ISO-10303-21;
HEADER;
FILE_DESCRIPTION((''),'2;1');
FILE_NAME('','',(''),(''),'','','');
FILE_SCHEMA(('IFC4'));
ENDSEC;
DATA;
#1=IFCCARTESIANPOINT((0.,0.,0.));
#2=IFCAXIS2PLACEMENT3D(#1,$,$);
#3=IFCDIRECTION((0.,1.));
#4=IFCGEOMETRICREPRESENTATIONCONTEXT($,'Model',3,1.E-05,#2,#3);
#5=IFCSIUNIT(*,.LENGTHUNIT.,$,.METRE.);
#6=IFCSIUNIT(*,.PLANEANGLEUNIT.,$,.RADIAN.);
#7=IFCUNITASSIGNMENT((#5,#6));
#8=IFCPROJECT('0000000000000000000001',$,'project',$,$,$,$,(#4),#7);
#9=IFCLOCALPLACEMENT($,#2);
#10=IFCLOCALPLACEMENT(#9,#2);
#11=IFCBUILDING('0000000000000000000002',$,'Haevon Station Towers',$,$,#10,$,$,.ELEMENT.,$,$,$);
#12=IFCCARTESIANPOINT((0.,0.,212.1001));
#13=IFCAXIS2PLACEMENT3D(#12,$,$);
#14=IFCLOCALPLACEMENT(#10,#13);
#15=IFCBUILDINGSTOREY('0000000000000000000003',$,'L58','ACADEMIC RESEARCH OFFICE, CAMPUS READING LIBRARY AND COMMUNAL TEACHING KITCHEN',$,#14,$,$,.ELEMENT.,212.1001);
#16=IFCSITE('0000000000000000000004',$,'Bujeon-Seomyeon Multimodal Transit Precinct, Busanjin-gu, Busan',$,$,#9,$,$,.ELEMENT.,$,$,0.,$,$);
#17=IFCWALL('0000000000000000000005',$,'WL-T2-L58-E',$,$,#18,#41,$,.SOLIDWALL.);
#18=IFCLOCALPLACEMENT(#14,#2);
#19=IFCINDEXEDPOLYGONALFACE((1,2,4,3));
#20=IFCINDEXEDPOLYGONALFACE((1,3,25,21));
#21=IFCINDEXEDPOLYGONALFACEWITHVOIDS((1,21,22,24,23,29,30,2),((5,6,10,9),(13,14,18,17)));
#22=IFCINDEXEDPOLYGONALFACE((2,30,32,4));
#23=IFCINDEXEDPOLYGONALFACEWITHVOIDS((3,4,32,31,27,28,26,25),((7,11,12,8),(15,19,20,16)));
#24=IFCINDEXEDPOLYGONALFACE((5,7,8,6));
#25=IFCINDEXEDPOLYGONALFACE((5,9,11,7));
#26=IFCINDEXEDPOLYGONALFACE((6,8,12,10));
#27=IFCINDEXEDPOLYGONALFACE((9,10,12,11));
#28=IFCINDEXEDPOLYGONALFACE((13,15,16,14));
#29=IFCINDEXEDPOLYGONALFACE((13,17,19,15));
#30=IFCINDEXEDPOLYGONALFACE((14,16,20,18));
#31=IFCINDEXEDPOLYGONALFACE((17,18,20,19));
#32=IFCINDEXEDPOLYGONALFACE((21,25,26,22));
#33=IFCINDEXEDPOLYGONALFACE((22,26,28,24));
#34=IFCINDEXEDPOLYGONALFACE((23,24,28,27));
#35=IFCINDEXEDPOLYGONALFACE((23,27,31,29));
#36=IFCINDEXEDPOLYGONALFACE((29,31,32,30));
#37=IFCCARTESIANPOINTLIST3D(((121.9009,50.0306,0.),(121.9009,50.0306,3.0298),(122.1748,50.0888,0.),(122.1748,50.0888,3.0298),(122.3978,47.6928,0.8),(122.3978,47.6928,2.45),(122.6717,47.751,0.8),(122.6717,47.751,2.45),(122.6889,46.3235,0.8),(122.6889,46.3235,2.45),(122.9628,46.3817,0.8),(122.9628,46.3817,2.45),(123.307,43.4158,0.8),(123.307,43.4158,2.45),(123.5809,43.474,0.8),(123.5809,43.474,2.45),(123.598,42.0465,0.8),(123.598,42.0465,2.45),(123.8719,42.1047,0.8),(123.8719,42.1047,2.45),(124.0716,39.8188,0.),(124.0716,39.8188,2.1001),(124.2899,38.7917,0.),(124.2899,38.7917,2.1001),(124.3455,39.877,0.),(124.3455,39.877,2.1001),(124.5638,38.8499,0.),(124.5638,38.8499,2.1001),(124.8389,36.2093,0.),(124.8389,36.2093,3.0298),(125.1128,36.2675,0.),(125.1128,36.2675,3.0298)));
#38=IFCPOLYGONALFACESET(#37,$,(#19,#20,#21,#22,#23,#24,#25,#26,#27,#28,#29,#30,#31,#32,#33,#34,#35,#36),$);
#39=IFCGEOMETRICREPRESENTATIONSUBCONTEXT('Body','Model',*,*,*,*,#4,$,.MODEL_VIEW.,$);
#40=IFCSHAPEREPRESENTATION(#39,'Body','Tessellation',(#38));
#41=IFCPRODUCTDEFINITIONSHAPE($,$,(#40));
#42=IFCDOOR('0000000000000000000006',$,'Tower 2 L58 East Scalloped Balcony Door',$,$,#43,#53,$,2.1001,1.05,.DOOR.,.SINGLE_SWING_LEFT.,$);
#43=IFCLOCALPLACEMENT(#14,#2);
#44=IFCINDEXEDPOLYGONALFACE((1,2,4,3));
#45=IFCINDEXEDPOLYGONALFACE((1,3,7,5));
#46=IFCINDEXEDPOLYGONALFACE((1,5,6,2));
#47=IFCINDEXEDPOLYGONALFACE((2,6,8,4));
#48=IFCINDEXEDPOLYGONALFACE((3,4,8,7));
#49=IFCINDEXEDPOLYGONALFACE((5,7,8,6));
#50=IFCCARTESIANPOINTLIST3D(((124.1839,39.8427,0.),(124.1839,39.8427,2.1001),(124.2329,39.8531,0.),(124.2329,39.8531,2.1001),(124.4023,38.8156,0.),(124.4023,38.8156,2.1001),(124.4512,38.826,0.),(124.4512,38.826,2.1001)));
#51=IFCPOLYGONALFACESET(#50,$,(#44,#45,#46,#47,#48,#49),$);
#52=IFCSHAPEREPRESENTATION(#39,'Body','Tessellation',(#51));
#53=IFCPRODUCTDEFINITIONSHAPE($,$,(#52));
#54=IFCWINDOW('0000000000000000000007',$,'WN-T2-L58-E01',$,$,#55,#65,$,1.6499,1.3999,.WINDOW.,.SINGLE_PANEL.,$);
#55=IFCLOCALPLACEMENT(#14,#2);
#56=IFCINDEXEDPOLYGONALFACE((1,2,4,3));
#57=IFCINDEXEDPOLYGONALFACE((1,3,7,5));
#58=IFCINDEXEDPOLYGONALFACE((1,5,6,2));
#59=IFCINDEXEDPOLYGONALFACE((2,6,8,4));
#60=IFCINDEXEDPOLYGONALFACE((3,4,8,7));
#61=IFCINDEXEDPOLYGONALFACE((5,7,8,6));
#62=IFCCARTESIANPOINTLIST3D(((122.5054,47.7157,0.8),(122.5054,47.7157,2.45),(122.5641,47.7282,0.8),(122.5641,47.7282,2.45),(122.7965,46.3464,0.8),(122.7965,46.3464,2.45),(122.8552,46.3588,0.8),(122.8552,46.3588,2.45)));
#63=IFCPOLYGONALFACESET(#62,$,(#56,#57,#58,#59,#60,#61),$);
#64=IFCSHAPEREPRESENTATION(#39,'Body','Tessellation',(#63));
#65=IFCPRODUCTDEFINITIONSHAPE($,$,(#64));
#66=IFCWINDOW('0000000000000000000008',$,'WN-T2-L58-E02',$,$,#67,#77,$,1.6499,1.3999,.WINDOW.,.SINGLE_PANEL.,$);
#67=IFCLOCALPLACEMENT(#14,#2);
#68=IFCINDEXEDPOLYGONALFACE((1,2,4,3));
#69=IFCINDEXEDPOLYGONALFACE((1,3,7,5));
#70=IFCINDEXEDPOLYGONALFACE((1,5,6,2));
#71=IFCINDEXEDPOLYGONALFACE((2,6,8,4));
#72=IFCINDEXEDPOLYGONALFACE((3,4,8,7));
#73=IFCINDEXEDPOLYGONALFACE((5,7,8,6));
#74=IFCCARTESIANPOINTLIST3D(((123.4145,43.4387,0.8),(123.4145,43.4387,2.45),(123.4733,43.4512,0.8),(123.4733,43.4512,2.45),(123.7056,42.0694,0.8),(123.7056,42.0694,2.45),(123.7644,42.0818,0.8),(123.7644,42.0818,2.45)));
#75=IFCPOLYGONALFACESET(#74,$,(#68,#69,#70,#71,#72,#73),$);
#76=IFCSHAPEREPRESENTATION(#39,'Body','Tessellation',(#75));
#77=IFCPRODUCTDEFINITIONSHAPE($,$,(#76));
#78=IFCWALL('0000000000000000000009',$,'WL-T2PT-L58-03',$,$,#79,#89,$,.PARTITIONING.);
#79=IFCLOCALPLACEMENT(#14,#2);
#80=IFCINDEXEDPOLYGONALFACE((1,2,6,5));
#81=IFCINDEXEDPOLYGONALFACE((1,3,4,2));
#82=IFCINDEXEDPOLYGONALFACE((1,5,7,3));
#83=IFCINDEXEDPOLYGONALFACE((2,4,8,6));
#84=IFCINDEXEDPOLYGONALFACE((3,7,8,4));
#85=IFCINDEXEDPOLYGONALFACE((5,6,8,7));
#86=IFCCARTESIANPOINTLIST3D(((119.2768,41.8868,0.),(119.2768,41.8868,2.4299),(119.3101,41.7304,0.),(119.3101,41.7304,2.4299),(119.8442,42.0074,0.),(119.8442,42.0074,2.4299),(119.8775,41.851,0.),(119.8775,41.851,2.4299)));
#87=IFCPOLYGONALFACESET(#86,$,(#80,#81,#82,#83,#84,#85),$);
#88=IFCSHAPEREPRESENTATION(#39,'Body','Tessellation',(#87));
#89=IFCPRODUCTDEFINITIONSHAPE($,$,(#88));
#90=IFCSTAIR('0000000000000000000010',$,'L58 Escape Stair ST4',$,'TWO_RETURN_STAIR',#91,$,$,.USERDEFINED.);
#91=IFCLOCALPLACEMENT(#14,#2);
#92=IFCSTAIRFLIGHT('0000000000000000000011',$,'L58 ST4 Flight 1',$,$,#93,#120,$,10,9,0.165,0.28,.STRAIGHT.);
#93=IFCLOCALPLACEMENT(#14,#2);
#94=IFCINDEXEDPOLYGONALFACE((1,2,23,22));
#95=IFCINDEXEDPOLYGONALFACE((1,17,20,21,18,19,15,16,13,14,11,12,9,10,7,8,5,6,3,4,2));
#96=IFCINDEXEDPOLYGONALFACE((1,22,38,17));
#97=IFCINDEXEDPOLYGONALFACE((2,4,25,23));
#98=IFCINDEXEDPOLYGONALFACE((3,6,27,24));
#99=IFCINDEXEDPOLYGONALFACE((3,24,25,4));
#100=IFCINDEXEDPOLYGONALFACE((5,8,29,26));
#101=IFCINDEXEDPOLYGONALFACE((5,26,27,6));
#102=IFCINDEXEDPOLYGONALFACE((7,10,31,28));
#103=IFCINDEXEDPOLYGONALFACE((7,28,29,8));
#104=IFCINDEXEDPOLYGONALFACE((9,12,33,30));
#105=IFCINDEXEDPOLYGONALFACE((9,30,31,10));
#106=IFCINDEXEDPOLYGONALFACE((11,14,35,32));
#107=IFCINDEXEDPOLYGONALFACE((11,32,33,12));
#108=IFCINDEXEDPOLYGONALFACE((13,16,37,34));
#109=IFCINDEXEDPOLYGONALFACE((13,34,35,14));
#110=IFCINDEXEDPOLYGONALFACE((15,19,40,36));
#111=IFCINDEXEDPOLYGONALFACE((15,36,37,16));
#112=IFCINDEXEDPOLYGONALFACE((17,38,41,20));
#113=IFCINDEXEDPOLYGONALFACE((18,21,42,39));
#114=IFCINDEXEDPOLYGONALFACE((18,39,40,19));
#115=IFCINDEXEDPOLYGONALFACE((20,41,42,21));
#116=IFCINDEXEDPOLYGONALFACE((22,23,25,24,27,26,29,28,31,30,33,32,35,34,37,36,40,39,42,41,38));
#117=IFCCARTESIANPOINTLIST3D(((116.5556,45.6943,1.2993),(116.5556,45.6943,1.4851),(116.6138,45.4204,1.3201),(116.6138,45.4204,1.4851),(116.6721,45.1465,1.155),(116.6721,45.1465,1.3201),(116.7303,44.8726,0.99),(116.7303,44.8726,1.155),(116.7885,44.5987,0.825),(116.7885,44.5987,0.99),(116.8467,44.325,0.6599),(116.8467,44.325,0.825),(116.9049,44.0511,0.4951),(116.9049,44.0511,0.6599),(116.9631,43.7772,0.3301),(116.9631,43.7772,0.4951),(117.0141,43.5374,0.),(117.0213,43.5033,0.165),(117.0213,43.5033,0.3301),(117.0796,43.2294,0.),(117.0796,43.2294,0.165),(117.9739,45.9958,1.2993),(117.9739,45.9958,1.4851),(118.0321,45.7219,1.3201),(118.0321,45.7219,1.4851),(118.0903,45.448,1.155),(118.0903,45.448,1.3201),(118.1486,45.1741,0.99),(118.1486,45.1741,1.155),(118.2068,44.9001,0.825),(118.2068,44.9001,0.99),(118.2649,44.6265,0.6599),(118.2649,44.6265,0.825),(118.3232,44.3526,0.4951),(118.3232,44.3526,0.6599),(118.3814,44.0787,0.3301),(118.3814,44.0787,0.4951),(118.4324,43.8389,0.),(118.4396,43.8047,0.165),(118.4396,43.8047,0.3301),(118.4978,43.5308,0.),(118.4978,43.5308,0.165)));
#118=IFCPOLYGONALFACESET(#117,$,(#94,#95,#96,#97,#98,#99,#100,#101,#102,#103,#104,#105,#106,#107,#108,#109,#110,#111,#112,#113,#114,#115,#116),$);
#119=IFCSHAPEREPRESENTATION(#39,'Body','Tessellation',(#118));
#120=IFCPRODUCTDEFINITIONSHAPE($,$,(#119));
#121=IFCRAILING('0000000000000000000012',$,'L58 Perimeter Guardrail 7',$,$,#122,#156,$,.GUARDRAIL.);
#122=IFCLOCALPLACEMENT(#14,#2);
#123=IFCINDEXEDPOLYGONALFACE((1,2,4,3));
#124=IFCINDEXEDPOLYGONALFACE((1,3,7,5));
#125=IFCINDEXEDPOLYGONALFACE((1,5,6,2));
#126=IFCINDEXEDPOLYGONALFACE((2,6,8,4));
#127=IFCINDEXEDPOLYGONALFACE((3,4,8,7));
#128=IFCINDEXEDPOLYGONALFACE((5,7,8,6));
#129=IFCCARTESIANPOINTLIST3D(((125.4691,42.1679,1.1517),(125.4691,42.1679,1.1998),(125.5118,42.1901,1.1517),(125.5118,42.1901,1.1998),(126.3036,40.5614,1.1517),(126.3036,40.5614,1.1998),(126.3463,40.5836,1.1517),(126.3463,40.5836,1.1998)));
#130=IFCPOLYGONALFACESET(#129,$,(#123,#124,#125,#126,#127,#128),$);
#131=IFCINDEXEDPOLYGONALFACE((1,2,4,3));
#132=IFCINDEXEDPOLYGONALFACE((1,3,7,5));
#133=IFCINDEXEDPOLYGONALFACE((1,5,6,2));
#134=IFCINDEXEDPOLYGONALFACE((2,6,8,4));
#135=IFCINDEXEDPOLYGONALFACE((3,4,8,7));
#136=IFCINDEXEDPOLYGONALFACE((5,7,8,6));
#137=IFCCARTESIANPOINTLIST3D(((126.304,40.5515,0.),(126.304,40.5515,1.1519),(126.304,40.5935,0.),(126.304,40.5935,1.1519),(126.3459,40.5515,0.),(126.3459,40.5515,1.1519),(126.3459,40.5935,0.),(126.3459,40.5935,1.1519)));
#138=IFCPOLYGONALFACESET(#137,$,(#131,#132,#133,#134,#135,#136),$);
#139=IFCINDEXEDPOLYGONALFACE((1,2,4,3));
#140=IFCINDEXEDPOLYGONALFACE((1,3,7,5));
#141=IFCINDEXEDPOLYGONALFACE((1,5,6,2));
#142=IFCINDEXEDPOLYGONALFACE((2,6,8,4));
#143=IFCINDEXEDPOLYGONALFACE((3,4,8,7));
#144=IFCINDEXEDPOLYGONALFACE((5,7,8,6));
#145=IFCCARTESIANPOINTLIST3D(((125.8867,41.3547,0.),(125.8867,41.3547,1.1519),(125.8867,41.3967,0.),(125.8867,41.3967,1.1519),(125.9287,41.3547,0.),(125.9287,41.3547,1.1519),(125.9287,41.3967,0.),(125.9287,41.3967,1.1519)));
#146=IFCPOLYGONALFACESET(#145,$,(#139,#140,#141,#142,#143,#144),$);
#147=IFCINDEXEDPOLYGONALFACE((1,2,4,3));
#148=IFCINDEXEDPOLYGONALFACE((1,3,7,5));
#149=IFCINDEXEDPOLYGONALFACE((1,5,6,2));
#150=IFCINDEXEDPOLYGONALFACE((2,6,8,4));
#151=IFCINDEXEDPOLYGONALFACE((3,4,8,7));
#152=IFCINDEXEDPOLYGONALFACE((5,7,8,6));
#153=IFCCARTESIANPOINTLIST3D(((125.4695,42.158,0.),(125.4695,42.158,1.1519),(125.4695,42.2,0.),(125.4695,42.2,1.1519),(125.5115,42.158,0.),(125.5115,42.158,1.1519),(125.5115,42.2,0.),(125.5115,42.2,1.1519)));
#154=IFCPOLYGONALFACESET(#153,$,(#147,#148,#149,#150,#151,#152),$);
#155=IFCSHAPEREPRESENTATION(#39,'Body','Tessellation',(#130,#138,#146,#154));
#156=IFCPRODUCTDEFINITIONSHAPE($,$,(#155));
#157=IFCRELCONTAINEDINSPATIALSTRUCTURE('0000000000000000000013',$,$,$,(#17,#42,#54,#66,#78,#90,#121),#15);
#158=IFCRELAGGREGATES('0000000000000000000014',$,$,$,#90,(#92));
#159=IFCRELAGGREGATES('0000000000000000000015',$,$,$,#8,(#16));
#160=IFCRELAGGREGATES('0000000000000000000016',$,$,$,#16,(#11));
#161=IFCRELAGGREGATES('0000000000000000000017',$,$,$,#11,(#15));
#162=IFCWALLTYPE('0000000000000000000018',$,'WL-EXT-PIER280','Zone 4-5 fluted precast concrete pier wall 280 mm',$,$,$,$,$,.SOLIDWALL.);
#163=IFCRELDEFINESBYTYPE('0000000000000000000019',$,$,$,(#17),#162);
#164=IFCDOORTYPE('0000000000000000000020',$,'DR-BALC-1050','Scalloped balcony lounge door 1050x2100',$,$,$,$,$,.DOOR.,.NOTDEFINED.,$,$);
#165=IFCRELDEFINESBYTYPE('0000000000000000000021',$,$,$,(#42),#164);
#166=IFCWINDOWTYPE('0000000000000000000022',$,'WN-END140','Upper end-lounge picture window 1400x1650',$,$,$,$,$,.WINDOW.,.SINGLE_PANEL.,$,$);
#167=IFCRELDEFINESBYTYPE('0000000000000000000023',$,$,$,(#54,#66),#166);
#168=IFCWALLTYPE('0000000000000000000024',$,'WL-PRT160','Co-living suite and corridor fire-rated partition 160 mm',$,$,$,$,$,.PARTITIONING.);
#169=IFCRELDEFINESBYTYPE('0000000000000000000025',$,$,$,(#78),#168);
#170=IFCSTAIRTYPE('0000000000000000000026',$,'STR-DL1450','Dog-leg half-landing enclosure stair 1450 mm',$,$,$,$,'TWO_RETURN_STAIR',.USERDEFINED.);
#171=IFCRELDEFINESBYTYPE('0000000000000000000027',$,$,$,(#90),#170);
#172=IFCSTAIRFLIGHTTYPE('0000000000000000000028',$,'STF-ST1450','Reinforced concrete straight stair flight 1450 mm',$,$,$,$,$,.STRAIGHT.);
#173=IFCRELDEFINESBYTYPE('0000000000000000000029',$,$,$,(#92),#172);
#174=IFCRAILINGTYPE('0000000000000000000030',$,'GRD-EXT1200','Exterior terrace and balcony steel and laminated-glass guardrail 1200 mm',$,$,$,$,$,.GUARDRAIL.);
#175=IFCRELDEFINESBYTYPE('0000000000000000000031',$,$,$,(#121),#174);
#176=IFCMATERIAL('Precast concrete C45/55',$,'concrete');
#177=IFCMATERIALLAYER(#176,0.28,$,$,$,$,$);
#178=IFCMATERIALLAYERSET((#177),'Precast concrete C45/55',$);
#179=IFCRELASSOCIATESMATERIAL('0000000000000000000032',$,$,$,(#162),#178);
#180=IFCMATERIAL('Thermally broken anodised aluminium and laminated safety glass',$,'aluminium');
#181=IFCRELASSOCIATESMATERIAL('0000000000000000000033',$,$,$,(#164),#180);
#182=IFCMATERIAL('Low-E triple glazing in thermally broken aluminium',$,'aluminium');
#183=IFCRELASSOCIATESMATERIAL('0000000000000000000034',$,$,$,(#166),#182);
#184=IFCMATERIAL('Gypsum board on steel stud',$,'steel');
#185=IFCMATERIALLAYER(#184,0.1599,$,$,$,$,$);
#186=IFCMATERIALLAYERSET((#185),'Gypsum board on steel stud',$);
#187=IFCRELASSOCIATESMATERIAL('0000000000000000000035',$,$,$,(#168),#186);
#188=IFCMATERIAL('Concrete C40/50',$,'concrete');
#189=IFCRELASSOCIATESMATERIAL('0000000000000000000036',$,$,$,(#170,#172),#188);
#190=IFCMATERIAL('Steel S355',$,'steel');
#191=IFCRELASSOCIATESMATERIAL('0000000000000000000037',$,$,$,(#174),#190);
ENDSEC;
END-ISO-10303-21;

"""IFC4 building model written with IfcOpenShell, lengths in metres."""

from ifc_helpers import new_model, si_unit, direction, frame, frame_2d, origin, origin_2d, place, context, subcontext, project, spatial, polyline, rectangle, outline, extrude, material, layer, layer_set, type_object, element, fill, aggregate, save


model = new_model("IFC4")

# Units and contexts
model_context = context("Model", 3, precision=1e-05, world=origin(), true_north=direction((0.0, 1.0)))
body_context = subcontext(model_context, "Body", "Model", "MODEL_VIEW")
ifc_project = project(units=[si_unit("LENGTHUNIT", "METRE"), si_unit("PLANEANGLEUNIT", "RADIAN")], contexts=[model_context])

# Site, building, storey
site_placement = place(None, origin())
site = spatial("IfcSite", under=ifc_project, at=site_placement, Name="Bujeon-Seomyeon Multimodal Transit Precinct, Busanjin-gu, Busan", CompositionType="ELEMENT", RefElevation=0.0)
building_placement = place(site_placement, origin())
building = spatial("IfcBuilding", under=site, at=building_placement, Name="Haevon Station Towers", CompositionType="ELEMENT")
storey_placement = place(building_placement, frame((0.0, 0.0, 212.1001)))
storey = spatial("IfcBuildingStorey", under=building, at=storey_placement, Name="L58", Description="ACADEMIC RESEARCH OFFICE, CAMPUS READING LIBRARY AND COMMUNAL TEACHING KITCHEN", CompositionType="ELEMENT", Elevation=212.1001)

# Shared definitions
ifc_material_1 = material(Name="Steel S355", Category="steel")

# Shared definitions
ifc_material_2 = material(Name="Precast concrete C45/55", Category="concrete")
ifc_layer_1 = layer(ifc_material_2, 0.28)
ifc_layer_set_1 = layer_set([ifc_layer_1], Name="Precast concrete C45/55")
wall_type_1 = type_object("IfcWallType", Name="WL-EXT-PIER280", Description="Zone 4-5 fluted precast concrete pier wall 280 mm", PredefinedType="SOLIDWALL", material=ifc_layer_set_1)

# Wall, openings, door, windows
wall_1_placement = place(storey_placement, frame((122.0378, 50.0596, 0.0), z_axis=(0.0, 0.0, 1.0), x_axis=(0.207924, -0.978145, 0.0)))
wall_1 = element("IfcWall", 1, at=wall_1_placement, inside=storey, type_object=wall_type_1, Name="WL-T2-L58-E", PredefinedType="SOLIDWALL", context=body_context, shape_type="SweptSolid", body=[
    extrude(rectangle(XDim=14.1301, YDim=0.28, at=frame_2d((7.0649, 0.0))), origin(), (0.0, 0.0, 1.0), 3.0298),
])
opening_1_placement = place(wall_1_placement, frame((10.4399, 0.0, 0.0)))
opening_1 = element("IfcOpeningElement", 2, at=opening_1_placement, cuts=wall_1, PredefinedType="OPENING", context=body_context, shape_type="SweptSolid", body=[
    extrude(rectangle(XDim=1.05, YDim=2.1001, at=frame_2d((0.5249, 1.05))), frame((0.0, 0.1499, 0.0), z_axis=(0.0, -1.0, 0.0), x_axis=(1.0, 0.0, 0.0)), (0.0, 0.0, 1.0), 0.3),
])
opening_2_placement = place(wall_1_placement, frame((2.3899, 0.0, 0.8)))
opening_2 = element("IfcOpeningElement", 3, at=opening_2_placement, cuts=wall_1, PredefinedType="OPENING", context=body_context, shape_type="SweptSolid", body=[
    extrude(rectangle(XDim=1.3999, YDim=1.6499, at=frame_2d((0.7, 0.825))), frame((0.0, 0.1499, 0.0), z_axis=(0.0, -1.0, 0.0), x_axis=(1.0, 0.0, 0.0)), (0.0, 0.0, 1.0), 0.3),
])
opening_3_placement = place(wall_1_placement, frame((6.7625, 0.0, 0.8)))
opening_3 = element("IfcOpeningElement", 4, at=opening_3_placement, cuts=wall_1, PredefinedType="OPENING", context=body_context, shape_type="SweptSolid", body=[
    extrude(rectangle(XDim=1.3999, YDim=1.6499, at=frame_2d((0.7, 0.825))), frame((0.0, 0.1499, 0.0), z_axis=(0.0, -1.0, 0.0), x_axis=(1.0, 0.0, 0.0)), (0.0, 0.0, 1.0), 0.3),
])
ifc_material_3 = material(Name="Thermally broken anodised aluminium and laminated safety glass", Category="aluminium")
door_type = type_object("IfcDoorType", Name="DR-BALC-1050", Description="Scalloped balcony lounge door 1050x2100", OperationType="NOTDEFINED", PredefinedType="DOOR", material=ifc_material_3)
door_placement = place(opening_1_placement, origin())
door = element("IfcDoor", 5, at=door_placement, inside=storey, type_object=door_type, Name="Tower 2 L58 East Scalloped Balcony Door", OperationType="SINGLE_SWING_LEFT", OverallHeight=2.1001, OverallWidth=1.05, PredefinedType="DOOR", context=body_context, shape_type="SweptSolid", body=[
    extrude(rectangle(XDim=1.05, YDim=2.1001, at=frame_2d((0.5249, 1.05))), frame((0.0, 0.0249, 0.0), z_axis=(0.0, -1.0, 0.0), x_axis=(1.0, 0.0, 0.0)), (0.0, 0.0, 1.0), 0.05),
])
fill(opening_1, door)
ifc_material_4 = material(Name="Low-E triple glazing in thermally broken aluminium", Category="aluminium")
window_type = type_object("IfcWindowType", Name="WN-END140", Description="Upper end-lounge picture window 1400x1650", PartitioningType="SINGLE_PANEL", PredefinedType="WINDOW", material=ifc_material_4)
window_1_placement = place(opening_2_placement, origin())
window_1 = element("IfcWindow", 6, at=window_1_placement, inside=storey, type_object=window_type, Name="WN-T2-L58-E01", OverallHeight=1.6499, OverallWidth=1.3999, PartitioningType="SINGLE_PANEL", PredefinedType="WINDOW", context=body_context, shape_type="SweptSolid", body=[
    extrude(rectangle(XDim=1.3999, YDim=1.6499, at=frame_2d((0.7, 0.825))), frame((0.0, 0.03, 0.0), z_axis=(0.0, -1.0, 0.0), x_axis=(1.0, 0.0, 0.0)), (0.0, 0.0, 1.0), 0.0601),
])
fill(opening_2, window_1)
window_2_placement = place(opening_3_placement, origin())
window_2 = element("IfcWindow", 7, at=window_2_placement, inside=storey, type_object=window_type, Name="WN-T2-L58-E02", OverallHeight=1.6499, OverallWidth=1.3999, PartitioningType="SINGLE_PANEL", PredefinedType="WINDOW", context=body_context, shape_type="SweptSolid", body=[
    extrude(rectangle(XDim=1.3999, YDim=1.6499, at=frame_2d((0.7, 0.825))), frame((0.0, 0.03, 0.0), z_axis=(0.0, -1.0, 0.0), x_axis=(1.0, 0.0, 0.0)), (0.0, 0.0, 1.0), 0.0601),
])
fill(opening_3, window_2)

# Wall
ifc_material_5 = material(Name="Gypsum board on steel stud", Category="steel")
ifc_layer_2 = layer(ifc_material_5, 0.1599)
ifc_layer_set_2 = layer_set([ifc_layer_2], Name="Gypsum board on steel stud")
wall_type_2 = type_object("IfcWallType", Name="WL-PRT160", Description="Co-living suite and corridor fire-rated partition 160 mm", PredefinedType="PARTITIONING", material=ifc_layer_set_2)
wall_2_placement = place(storey_placement, frame((119.2935, 41.8086, 0.0), z_axis=(0.0, 0.0, 1.0), x_axis=(0.978146, 0.207919, 0.0)))
element("IfcWall", 8, at=wall_2_placement, inside=storey, type_object=wall_type_2, Name="WL-T2PT-L58-03", PredefinedType="PARTITIONING", context=body_context, shape_type="SweptSolid", body=[
    extrude(rectangle(XDim=0.5801, YDim=0.1599, at=frame_2d((0.29, 0.0))), origin(), (0.0, 0.0, 1.0), 2.4299),
])

# Stair, stair flight
ifc_material_6 = material(Name="Concrete C40/50", Category="concrete")
stair_type = type_object("IfcStairType", Name="STR-DL1450", Description="Dog-leg half-landing enclosure stair 1450 mm", ElementType="TWO_RETURN_STAIR", PredefinedType="USERDEFINED", material=ifc_material_6)
stair_placement = place(storey_placement, origin())
stair = element("IfcStair", 9, at=stair_placement, inside=storey, type_object=stair_type, Name="L58 Escape Stair ST4", ObjectType="TWO_RETURN_STAIR", PredefinedType="USERDEFINED")
stair_flight_type = type_object("IfcStairFlightType", Name="STF-ST1450", Description="Reinforced concrete straight stair flight 1450 mm", PredefinedType="STRAIGHT", material=ifc_material_6)
stair_flight_placement = place(storey_placement, frame((117.7888, 43.3801, 0.0), z_axis=(0.0, 0.0, 1.0), x_axis=(-0.207912, 0.978148, 0.0)))
stair_flight = element("IfcStairFlight", 10, at=stair_flight_placement, type_object=stair_flight_type, Name="L58 ST4 Flight 1", NumberOfRisers=10, NumberOfTreads=9, PredefinedType="STRAIGHT", RiserHeight=0.165, TreadLength=0.28, context=body_context, shape_type="SweptSolid", body=[
    extrude(outline(polyline([(0.0, 0.0), (0.0, 0.165), (0.28, 0.165), (0.28, 0.3301), (0.5601, 0.3301), (0.5601, 0.4951), (0.8401, 0.4951), (0.8401, 0.6599), (1.1201, 0.6599), (1.1201, 0.825), (1.3999, 0.825), (1.3999, 0.99), (1.6799, 0.99), (1.6799, 1.155), (1.96, 1.155), (1.96, 1.3201), (2.24, 1.3201), (2.24, 1.4851), (2.52, 1.4851), (2.52, 1.6499), (2.52, 1.2993), (0.3149, 0.0), (0.0, 0.0)])), frame((0.0, 0.7251, 0.0), z_axis=(0.0, -1.0, 0.0), x_axis=(1.0, 0.0, 0.0)), (0.0, 0.0, 1.0), 1.45),
])
aggregate(stair, [stair_flight])

# Railing
railing_type_1 = type_object("IfcRailingType", Name="GRD-EXT1200", Description="Exterior terrace and balcony steel and laminated-glass guardrail 1200 mm", PredefinedType="GUARDRAIL", material=ifc_material_1)
railing_1_placement = place(storey_placement, frame((126.325, 40.5725, 0.0)))
element("IfcRailing", 11, at=railing_1_placement, inside=storey, type_object=railing_type_1, Name="L58 Perimeter Guardrail 7", PredefinedType="GUARDRAIL", context=body_context, shape_type="SweptSolid", body=[
    extrude(rectangle(XDim=0.0481, YDim=0.0481, at=origin_2d()), frame((0.0, 0.0, 1.1758), z_axis=(-0.460971, 0.887415, 0.0), x_axis=(-0.887415, -0.460971, 0.0)), (0.0, 0.0, 1.0), 1.8103),
    extrude(rectangle(XDim=0.042, YDim=0.042, at=origin_2d()), origin(), (0.0, 0.0, 1.0), 1.1519),
    extrude(rectangle(XDim=0.042, YDim=0.042, at=origin_2d()), frame((-0.4172, 0.8032, 0.0)), (0.0, 0.0, 1.0), 1.1519),
    extrude(rectangle(XDim=0.042, YDim=0.042, at=origin_2d()), frame((-0.8345, 1.6064, 0.0)), (0.0, 0.0, 1.0), 1.1519),
])

save(model, "model.ifc")
